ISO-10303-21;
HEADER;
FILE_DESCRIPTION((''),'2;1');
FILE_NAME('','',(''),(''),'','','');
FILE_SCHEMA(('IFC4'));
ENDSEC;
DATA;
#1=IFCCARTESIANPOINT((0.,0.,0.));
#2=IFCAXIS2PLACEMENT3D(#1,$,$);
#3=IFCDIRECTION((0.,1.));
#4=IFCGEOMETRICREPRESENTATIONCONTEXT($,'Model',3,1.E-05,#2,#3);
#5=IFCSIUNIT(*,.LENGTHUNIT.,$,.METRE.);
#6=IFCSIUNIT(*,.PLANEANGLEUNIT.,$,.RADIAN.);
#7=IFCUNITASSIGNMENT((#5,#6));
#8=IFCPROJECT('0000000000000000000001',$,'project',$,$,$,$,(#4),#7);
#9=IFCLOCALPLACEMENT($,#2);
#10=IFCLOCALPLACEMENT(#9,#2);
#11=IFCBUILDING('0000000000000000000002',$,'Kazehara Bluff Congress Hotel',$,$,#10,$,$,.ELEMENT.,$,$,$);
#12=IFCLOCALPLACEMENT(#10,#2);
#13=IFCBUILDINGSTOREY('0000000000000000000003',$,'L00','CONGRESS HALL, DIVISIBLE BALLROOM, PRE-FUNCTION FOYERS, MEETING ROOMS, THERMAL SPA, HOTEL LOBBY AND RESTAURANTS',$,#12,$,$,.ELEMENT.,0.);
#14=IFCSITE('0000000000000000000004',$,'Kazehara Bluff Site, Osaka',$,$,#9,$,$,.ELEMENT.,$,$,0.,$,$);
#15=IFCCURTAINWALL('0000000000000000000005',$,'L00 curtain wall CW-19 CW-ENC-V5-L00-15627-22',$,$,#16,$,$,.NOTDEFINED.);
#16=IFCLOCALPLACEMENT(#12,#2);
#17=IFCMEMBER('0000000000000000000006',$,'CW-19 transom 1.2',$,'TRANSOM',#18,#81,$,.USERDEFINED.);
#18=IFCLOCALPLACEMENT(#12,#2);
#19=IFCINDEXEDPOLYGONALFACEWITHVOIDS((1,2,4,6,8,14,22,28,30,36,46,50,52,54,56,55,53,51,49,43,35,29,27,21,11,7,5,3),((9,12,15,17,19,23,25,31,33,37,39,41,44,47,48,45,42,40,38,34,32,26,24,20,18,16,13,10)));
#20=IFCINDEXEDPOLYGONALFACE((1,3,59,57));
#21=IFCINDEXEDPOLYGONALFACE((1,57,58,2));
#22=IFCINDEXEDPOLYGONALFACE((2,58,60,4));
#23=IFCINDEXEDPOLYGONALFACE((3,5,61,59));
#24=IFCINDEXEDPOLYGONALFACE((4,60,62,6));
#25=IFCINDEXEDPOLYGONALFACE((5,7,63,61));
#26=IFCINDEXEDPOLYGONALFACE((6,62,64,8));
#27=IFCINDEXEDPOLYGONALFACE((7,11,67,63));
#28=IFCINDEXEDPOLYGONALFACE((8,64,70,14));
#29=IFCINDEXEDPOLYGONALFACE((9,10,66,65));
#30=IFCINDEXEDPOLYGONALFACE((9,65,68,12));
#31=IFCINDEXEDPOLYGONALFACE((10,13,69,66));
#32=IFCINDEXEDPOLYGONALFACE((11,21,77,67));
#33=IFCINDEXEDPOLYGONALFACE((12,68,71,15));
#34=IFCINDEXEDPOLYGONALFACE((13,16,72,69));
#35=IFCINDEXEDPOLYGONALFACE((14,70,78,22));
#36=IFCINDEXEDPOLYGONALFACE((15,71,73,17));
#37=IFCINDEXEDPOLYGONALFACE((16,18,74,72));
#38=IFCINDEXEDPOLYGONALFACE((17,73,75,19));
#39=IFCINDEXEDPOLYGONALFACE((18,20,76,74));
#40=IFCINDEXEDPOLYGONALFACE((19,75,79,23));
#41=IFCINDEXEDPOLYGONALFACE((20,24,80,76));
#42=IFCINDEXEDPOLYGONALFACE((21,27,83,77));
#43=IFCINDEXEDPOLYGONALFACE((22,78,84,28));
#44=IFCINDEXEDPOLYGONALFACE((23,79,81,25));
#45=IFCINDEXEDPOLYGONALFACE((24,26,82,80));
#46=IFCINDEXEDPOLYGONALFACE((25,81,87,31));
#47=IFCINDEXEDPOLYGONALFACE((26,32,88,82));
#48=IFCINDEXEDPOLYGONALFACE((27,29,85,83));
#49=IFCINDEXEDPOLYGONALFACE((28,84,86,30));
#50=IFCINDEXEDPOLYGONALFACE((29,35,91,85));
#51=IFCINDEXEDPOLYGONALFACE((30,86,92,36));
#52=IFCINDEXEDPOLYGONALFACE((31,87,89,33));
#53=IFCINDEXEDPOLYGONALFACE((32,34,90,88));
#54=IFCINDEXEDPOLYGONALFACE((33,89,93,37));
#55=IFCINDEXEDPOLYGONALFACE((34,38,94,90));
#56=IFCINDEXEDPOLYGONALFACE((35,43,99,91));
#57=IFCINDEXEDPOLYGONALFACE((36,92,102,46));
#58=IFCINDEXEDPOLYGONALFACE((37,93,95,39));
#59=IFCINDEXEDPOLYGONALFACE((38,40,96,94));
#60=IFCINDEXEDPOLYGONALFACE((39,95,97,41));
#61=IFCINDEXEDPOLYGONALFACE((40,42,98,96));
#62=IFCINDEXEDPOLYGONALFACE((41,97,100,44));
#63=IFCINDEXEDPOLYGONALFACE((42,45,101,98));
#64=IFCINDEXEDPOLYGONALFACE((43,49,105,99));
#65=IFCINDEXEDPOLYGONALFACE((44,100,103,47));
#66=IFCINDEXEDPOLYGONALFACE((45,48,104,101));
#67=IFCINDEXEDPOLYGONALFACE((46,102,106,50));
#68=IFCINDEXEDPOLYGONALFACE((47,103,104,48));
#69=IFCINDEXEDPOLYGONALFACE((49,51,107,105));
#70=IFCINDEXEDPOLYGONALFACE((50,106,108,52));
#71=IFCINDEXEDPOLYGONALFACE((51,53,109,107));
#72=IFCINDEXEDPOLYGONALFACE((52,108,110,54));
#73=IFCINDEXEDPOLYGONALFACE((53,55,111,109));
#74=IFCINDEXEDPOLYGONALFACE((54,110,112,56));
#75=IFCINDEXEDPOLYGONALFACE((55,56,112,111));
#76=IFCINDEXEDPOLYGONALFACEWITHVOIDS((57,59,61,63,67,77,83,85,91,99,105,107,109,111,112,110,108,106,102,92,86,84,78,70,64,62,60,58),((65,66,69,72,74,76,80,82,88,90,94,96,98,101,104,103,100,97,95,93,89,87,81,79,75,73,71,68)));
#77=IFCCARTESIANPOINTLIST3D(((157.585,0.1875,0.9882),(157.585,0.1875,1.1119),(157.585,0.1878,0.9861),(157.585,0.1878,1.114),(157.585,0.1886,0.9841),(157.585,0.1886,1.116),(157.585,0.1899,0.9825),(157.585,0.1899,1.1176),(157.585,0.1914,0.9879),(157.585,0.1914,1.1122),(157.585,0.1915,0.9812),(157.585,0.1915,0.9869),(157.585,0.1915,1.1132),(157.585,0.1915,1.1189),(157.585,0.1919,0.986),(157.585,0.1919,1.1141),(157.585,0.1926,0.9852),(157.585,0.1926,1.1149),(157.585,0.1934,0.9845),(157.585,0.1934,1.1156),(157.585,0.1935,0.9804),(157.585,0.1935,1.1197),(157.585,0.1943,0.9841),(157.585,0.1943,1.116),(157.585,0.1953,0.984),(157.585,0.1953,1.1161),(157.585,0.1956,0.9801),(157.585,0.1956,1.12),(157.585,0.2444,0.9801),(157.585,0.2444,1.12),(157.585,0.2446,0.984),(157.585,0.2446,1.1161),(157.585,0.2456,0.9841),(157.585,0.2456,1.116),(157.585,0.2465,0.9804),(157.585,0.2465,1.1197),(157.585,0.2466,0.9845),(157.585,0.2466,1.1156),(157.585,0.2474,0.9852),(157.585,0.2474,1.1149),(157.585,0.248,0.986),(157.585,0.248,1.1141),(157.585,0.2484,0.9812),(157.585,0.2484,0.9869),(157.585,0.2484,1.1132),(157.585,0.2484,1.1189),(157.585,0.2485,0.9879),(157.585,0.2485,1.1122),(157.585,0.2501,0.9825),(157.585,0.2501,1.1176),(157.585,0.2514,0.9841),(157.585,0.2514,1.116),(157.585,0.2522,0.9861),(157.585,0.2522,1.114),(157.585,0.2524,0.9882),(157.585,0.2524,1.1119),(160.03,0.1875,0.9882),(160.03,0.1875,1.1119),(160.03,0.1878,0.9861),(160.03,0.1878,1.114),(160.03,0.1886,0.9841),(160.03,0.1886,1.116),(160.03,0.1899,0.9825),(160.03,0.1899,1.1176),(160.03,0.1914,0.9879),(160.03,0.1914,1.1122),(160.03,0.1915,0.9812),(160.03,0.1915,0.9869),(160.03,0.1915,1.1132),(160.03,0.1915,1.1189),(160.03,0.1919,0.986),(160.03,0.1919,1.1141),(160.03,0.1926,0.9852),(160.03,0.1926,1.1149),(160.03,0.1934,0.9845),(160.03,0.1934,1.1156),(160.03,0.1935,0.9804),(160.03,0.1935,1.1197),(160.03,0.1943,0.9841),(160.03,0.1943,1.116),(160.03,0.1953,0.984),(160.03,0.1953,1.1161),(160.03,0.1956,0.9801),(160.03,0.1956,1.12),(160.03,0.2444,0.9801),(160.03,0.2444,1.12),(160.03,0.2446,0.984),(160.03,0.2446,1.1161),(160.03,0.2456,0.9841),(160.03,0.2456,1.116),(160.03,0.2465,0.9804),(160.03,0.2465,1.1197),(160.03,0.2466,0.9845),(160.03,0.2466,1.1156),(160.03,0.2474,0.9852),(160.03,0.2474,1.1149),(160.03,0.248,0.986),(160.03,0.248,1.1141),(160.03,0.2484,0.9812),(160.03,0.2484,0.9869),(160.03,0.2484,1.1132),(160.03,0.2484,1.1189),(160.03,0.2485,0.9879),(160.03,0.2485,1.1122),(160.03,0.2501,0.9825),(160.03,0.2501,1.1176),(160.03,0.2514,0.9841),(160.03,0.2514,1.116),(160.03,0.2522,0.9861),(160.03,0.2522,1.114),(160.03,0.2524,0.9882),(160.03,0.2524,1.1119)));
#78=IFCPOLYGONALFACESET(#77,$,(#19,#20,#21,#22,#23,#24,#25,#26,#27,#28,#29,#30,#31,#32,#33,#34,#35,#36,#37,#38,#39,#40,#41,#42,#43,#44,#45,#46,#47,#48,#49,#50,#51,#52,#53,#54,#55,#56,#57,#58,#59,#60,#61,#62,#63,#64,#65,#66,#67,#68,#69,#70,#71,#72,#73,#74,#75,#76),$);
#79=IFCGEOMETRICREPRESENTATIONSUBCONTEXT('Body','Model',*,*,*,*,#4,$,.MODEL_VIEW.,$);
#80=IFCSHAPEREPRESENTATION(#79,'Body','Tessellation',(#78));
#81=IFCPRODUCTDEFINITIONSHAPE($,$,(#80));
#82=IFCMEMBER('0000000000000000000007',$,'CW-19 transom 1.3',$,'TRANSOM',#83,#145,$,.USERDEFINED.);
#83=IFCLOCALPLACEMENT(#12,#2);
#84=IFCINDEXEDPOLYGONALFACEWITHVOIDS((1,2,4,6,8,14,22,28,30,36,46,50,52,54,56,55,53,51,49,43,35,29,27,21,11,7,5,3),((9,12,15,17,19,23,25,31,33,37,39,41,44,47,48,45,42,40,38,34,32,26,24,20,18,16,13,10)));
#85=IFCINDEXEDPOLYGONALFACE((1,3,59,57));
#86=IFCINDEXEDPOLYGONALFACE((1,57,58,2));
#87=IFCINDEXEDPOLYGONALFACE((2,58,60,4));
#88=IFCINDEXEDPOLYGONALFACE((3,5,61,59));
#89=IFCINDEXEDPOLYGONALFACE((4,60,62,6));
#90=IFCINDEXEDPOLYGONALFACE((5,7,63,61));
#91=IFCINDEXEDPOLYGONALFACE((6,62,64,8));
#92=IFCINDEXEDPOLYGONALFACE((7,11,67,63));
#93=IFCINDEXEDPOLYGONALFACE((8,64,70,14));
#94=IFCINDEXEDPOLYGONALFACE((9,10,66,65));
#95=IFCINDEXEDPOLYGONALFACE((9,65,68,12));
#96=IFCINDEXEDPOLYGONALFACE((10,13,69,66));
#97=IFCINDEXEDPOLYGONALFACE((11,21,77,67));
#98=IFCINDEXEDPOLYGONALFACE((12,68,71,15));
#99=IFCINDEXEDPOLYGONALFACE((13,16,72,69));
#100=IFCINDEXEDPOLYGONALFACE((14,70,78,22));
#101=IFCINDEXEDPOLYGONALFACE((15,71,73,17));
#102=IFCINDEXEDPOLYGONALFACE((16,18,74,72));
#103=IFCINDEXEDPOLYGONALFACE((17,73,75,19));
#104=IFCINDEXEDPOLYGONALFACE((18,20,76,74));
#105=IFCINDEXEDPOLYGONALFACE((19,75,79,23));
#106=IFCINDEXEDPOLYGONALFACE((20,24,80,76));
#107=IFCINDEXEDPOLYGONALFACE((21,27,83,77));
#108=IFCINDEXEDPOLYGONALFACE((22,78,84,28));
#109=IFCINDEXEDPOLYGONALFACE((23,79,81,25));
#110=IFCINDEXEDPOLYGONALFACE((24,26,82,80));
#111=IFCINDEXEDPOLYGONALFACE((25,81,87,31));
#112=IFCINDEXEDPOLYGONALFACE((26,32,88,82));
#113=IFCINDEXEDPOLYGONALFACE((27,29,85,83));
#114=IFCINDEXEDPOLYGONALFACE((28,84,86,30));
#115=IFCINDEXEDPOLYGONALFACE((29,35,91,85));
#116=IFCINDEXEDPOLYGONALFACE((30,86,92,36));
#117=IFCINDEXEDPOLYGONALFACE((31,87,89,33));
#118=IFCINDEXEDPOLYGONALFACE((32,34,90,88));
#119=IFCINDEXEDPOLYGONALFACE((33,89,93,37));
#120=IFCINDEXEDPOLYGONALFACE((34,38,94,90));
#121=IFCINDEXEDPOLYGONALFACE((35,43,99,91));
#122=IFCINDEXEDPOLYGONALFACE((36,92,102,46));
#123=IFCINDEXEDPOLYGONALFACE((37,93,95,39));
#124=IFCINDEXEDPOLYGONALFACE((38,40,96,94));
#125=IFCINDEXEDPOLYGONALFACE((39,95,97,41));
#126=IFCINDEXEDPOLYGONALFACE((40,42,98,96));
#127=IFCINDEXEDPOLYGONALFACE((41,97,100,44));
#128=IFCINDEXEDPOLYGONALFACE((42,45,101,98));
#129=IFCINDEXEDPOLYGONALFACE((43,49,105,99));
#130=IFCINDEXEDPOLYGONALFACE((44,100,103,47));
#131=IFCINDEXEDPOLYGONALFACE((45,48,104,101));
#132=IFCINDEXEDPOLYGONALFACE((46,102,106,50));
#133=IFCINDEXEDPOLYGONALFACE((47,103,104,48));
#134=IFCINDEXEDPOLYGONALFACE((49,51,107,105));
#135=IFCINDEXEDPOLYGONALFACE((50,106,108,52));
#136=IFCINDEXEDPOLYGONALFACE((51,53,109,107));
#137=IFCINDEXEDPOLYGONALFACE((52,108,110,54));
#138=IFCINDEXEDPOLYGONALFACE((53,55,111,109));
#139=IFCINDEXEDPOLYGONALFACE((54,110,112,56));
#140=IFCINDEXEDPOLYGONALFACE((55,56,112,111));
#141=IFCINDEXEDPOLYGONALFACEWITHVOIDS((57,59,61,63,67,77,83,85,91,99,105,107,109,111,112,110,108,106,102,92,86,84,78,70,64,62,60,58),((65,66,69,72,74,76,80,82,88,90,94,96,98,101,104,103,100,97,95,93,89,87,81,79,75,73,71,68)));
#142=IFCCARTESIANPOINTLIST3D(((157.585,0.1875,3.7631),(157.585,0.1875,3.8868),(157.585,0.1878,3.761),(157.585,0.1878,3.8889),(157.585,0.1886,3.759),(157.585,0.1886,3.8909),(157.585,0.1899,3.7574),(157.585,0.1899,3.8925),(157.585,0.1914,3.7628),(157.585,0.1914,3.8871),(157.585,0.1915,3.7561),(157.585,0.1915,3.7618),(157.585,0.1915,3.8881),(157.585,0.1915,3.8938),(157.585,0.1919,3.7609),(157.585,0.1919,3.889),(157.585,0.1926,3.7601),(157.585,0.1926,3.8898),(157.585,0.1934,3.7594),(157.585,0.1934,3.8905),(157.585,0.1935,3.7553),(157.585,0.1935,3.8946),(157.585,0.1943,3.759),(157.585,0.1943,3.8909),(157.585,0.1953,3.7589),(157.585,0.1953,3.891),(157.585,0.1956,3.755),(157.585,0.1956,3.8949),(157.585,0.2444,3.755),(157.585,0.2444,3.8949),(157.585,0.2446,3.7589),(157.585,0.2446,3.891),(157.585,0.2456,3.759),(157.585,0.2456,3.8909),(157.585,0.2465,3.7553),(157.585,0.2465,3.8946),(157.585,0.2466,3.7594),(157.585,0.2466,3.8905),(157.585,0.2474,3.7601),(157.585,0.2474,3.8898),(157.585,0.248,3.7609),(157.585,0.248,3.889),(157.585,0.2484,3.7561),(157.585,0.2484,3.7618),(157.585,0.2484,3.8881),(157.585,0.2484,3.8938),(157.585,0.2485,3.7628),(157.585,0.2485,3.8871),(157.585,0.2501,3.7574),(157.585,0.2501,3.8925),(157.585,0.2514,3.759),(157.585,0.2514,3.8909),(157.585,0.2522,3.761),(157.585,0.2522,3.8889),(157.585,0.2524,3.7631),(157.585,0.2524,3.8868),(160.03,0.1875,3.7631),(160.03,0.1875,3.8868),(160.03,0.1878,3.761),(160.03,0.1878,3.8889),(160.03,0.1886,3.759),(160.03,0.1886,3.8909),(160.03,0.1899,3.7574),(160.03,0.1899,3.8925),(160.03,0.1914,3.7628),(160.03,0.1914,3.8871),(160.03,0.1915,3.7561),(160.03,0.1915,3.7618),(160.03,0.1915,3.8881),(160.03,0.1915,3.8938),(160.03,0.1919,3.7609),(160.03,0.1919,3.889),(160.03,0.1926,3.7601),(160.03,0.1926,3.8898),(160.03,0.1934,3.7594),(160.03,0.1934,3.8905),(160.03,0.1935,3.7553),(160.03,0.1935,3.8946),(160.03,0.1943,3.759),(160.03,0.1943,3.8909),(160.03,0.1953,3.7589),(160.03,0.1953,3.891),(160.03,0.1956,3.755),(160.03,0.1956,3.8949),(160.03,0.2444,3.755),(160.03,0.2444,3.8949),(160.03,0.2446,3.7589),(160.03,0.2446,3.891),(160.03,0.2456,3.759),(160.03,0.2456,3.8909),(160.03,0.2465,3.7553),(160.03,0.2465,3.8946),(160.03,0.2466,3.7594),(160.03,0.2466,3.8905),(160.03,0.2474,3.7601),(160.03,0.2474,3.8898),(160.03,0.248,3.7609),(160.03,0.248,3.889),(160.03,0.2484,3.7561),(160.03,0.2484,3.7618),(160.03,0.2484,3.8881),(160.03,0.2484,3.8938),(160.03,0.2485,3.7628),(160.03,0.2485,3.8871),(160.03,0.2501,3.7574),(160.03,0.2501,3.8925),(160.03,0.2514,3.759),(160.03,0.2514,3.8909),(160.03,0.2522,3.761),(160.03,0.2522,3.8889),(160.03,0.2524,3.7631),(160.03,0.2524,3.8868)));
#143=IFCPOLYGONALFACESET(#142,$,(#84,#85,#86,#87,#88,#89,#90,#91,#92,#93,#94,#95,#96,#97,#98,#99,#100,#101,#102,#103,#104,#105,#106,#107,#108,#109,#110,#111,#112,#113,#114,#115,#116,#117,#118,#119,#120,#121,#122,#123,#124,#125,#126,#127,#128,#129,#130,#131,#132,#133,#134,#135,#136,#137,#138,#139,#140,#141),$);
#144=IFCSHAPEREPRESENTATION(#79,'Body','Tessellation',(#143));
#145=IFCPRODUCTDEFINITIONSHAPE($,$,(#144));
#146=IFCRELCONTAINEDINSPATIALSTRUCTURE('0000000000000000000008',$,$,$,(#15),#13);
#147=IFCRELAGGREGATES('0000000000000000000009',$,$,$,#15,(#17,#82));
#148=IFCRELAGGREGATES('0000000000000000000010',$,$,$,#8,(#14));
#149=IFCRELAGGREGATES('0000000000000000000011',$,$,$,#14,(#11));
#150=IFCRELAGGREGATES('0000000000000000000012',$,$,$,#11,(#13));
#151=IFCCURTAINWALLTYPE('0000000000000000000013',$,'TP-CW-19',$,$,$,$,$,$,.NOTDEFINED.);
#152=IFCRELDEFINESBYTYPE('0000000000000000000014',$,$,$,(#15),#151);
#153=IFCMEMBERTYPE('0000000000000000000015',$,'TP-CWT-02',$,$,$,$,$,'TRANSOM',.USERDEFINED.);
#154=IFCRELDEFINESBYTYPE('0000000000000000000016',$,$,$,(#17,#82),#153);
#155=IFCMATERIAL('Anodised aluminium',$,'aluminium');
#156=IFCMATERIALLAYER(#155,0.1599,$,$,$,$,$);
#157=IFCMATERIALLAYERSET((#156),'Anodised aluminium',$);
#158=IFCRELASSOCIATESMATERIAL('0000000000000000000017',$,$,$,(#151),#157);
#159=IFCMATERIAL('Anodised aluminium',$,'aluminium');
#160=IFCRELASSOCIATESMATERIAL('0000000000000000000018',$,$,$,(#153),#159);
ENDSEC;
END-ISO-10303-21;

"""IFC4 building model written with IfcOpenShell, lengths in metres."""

from ifc_helpers import new_model, si_unit, direction, frame, origin, origin_2d, place, context, subcontext, project, spatial, hollow_rectangle, extrude, material, layer, layer_set, material_profile, profile_set, type_object, element, aggregate, save


model = new_model("IFC4")

# Units and contexts
model_context = context("Model", 3, precision=1e-05, world=origin(), true_north=direction((0.0, 1.0)))
body_context = subcontext(model_context, "Body", "Model", "MODEL_VIEW")
ifc_project = project(units=[si_unit("LENGTHUNIT", "METRE"), si_unit("PLANEANGLEUNIT", "RADIAN")], contexts=[model_context])

# Site, building, storey
site_placement = place(None, origin())
site = spatial("IfcSite", under=ifc_project, at=site_placement, Name="Kazehara Bluff Site, Osaka", CompositionType="ELEMENT", RefElevation=0.0)
building_placement = place(site_placement, origin())
building = spatial("IfcBuilding", under=site, at=building_placement, Name="Kazehara Bluff Congress Hotel", CompositionType="ELEMENT")
storey_placement = place(building_placement, origin())
storey = spatial("IfcBuildingStorey", under=building, at=storey_placement, Name="L00", Description="CONGRESS HALL, DIVISIBLE BALLROOM, PRE-FUNCTION FOYERS, MEETING ROOMS, THERMAL SPA, HOTEL LOBBY AND RESTAURANTS", CompositionType="ELEMENT", Elevation=0.0)

# Curtain wall, members
ifc_material_1 = material(Name="Anodised aluminium", Category="aluminium")
ifc_layer_1 = layer(ifc_material_1, 0.1599)
ifc_layer_set_1 = layer_set([ifc_layer_1], Name="Anodised aluminium")
curtain_wall_type = type_object("IfcCurtainWallType", Name="TP-CW-19", PredefinedType="NOTDEFINED", material=ifc_layer_set_1)
curtain_wall_placement = place(storey_placement, origin())
curtain_wall = element("IfcCurtainWall", 1, at=curtain_wall_placement, inside=storey, type_object=curtain_wall_type, Name="L00 curtain wall CW-19 CW-ENC-V5-L00-15627-22", PredefinedType="NOTDEFINED")
ifc_material_2 = material(Name="Anodised aluminium", Category="aluminium")
ifc_material_profile_1 = material_profile(ifc_material_2, hollow_rectangle(XDim=0.0649, YDim=0.1399, WallThickness=0.0039, InnerFilletRadius=0.0039, OuterFilletRadius=0.0081, at=origin_2d()))
ifc_profile_set_1 = profile_set([ifc_material_profile_1], Name="Anodised aluminium")
member_type_1 = type_object("IfcMemberType", Name="TP-CWT-02", ElementType="TRANSOM", PredefinedType="USERDEFINED", material=ifc_profile_set_1)
member_1_placement = place(storey_placement, frame((160.03, 0.22, 1.05), z_axis=(-1.0, 0.0, 0.0), x_axis=(0.0, -1.0, 0.0)))
member_1 = element("IfcMember", 2, at=member_1_placement, type_object=member_type_1, Name="CW-19 transom 1.2", ObjectType="TRANSOM", PredefinedType="USERDEFINED", context=body_context, shape_type="SweptSolid", body=[
    extrude(hollow_rectangle(XDim=0.0649, YDim=0.1399, WallThickness=0.0039, InnerFilletRadius=0.0039, OuterFilletRadius=0.0081, at=origin_2d()), origin(), (0.0, 0.0, 1.0), 2.4451),
])
member_2_placement = place(storey_placement, frame((160.03, 0.22, 3.825), z_axis=(-1.0, 0.0, 0.0), x_axis=(0.0, -1.0, 0.0)))
member_2 = element("IfcMember", 3, at=member_2_placement, type_object=member_type_1, Name="CW-19 transom 1.3", ObjectType="TRANSOM", PredefinedType="USERDEFINED", context=body_context, shape_type="SweptSolid", body=[
    extrude(hollow_rectangle(XDim=0.0649, YDim=0.1399, WallThickness=0.0039, InnerFilletRadius=0.0039, OuterFilletRadius=0.0081, at=origin_2d()), origin(), (0.0, 0.0, 1.0), 2.4451),
])

aggregate(curtain_wall, [member_1, member_2])

save(model, "model.ifc")
